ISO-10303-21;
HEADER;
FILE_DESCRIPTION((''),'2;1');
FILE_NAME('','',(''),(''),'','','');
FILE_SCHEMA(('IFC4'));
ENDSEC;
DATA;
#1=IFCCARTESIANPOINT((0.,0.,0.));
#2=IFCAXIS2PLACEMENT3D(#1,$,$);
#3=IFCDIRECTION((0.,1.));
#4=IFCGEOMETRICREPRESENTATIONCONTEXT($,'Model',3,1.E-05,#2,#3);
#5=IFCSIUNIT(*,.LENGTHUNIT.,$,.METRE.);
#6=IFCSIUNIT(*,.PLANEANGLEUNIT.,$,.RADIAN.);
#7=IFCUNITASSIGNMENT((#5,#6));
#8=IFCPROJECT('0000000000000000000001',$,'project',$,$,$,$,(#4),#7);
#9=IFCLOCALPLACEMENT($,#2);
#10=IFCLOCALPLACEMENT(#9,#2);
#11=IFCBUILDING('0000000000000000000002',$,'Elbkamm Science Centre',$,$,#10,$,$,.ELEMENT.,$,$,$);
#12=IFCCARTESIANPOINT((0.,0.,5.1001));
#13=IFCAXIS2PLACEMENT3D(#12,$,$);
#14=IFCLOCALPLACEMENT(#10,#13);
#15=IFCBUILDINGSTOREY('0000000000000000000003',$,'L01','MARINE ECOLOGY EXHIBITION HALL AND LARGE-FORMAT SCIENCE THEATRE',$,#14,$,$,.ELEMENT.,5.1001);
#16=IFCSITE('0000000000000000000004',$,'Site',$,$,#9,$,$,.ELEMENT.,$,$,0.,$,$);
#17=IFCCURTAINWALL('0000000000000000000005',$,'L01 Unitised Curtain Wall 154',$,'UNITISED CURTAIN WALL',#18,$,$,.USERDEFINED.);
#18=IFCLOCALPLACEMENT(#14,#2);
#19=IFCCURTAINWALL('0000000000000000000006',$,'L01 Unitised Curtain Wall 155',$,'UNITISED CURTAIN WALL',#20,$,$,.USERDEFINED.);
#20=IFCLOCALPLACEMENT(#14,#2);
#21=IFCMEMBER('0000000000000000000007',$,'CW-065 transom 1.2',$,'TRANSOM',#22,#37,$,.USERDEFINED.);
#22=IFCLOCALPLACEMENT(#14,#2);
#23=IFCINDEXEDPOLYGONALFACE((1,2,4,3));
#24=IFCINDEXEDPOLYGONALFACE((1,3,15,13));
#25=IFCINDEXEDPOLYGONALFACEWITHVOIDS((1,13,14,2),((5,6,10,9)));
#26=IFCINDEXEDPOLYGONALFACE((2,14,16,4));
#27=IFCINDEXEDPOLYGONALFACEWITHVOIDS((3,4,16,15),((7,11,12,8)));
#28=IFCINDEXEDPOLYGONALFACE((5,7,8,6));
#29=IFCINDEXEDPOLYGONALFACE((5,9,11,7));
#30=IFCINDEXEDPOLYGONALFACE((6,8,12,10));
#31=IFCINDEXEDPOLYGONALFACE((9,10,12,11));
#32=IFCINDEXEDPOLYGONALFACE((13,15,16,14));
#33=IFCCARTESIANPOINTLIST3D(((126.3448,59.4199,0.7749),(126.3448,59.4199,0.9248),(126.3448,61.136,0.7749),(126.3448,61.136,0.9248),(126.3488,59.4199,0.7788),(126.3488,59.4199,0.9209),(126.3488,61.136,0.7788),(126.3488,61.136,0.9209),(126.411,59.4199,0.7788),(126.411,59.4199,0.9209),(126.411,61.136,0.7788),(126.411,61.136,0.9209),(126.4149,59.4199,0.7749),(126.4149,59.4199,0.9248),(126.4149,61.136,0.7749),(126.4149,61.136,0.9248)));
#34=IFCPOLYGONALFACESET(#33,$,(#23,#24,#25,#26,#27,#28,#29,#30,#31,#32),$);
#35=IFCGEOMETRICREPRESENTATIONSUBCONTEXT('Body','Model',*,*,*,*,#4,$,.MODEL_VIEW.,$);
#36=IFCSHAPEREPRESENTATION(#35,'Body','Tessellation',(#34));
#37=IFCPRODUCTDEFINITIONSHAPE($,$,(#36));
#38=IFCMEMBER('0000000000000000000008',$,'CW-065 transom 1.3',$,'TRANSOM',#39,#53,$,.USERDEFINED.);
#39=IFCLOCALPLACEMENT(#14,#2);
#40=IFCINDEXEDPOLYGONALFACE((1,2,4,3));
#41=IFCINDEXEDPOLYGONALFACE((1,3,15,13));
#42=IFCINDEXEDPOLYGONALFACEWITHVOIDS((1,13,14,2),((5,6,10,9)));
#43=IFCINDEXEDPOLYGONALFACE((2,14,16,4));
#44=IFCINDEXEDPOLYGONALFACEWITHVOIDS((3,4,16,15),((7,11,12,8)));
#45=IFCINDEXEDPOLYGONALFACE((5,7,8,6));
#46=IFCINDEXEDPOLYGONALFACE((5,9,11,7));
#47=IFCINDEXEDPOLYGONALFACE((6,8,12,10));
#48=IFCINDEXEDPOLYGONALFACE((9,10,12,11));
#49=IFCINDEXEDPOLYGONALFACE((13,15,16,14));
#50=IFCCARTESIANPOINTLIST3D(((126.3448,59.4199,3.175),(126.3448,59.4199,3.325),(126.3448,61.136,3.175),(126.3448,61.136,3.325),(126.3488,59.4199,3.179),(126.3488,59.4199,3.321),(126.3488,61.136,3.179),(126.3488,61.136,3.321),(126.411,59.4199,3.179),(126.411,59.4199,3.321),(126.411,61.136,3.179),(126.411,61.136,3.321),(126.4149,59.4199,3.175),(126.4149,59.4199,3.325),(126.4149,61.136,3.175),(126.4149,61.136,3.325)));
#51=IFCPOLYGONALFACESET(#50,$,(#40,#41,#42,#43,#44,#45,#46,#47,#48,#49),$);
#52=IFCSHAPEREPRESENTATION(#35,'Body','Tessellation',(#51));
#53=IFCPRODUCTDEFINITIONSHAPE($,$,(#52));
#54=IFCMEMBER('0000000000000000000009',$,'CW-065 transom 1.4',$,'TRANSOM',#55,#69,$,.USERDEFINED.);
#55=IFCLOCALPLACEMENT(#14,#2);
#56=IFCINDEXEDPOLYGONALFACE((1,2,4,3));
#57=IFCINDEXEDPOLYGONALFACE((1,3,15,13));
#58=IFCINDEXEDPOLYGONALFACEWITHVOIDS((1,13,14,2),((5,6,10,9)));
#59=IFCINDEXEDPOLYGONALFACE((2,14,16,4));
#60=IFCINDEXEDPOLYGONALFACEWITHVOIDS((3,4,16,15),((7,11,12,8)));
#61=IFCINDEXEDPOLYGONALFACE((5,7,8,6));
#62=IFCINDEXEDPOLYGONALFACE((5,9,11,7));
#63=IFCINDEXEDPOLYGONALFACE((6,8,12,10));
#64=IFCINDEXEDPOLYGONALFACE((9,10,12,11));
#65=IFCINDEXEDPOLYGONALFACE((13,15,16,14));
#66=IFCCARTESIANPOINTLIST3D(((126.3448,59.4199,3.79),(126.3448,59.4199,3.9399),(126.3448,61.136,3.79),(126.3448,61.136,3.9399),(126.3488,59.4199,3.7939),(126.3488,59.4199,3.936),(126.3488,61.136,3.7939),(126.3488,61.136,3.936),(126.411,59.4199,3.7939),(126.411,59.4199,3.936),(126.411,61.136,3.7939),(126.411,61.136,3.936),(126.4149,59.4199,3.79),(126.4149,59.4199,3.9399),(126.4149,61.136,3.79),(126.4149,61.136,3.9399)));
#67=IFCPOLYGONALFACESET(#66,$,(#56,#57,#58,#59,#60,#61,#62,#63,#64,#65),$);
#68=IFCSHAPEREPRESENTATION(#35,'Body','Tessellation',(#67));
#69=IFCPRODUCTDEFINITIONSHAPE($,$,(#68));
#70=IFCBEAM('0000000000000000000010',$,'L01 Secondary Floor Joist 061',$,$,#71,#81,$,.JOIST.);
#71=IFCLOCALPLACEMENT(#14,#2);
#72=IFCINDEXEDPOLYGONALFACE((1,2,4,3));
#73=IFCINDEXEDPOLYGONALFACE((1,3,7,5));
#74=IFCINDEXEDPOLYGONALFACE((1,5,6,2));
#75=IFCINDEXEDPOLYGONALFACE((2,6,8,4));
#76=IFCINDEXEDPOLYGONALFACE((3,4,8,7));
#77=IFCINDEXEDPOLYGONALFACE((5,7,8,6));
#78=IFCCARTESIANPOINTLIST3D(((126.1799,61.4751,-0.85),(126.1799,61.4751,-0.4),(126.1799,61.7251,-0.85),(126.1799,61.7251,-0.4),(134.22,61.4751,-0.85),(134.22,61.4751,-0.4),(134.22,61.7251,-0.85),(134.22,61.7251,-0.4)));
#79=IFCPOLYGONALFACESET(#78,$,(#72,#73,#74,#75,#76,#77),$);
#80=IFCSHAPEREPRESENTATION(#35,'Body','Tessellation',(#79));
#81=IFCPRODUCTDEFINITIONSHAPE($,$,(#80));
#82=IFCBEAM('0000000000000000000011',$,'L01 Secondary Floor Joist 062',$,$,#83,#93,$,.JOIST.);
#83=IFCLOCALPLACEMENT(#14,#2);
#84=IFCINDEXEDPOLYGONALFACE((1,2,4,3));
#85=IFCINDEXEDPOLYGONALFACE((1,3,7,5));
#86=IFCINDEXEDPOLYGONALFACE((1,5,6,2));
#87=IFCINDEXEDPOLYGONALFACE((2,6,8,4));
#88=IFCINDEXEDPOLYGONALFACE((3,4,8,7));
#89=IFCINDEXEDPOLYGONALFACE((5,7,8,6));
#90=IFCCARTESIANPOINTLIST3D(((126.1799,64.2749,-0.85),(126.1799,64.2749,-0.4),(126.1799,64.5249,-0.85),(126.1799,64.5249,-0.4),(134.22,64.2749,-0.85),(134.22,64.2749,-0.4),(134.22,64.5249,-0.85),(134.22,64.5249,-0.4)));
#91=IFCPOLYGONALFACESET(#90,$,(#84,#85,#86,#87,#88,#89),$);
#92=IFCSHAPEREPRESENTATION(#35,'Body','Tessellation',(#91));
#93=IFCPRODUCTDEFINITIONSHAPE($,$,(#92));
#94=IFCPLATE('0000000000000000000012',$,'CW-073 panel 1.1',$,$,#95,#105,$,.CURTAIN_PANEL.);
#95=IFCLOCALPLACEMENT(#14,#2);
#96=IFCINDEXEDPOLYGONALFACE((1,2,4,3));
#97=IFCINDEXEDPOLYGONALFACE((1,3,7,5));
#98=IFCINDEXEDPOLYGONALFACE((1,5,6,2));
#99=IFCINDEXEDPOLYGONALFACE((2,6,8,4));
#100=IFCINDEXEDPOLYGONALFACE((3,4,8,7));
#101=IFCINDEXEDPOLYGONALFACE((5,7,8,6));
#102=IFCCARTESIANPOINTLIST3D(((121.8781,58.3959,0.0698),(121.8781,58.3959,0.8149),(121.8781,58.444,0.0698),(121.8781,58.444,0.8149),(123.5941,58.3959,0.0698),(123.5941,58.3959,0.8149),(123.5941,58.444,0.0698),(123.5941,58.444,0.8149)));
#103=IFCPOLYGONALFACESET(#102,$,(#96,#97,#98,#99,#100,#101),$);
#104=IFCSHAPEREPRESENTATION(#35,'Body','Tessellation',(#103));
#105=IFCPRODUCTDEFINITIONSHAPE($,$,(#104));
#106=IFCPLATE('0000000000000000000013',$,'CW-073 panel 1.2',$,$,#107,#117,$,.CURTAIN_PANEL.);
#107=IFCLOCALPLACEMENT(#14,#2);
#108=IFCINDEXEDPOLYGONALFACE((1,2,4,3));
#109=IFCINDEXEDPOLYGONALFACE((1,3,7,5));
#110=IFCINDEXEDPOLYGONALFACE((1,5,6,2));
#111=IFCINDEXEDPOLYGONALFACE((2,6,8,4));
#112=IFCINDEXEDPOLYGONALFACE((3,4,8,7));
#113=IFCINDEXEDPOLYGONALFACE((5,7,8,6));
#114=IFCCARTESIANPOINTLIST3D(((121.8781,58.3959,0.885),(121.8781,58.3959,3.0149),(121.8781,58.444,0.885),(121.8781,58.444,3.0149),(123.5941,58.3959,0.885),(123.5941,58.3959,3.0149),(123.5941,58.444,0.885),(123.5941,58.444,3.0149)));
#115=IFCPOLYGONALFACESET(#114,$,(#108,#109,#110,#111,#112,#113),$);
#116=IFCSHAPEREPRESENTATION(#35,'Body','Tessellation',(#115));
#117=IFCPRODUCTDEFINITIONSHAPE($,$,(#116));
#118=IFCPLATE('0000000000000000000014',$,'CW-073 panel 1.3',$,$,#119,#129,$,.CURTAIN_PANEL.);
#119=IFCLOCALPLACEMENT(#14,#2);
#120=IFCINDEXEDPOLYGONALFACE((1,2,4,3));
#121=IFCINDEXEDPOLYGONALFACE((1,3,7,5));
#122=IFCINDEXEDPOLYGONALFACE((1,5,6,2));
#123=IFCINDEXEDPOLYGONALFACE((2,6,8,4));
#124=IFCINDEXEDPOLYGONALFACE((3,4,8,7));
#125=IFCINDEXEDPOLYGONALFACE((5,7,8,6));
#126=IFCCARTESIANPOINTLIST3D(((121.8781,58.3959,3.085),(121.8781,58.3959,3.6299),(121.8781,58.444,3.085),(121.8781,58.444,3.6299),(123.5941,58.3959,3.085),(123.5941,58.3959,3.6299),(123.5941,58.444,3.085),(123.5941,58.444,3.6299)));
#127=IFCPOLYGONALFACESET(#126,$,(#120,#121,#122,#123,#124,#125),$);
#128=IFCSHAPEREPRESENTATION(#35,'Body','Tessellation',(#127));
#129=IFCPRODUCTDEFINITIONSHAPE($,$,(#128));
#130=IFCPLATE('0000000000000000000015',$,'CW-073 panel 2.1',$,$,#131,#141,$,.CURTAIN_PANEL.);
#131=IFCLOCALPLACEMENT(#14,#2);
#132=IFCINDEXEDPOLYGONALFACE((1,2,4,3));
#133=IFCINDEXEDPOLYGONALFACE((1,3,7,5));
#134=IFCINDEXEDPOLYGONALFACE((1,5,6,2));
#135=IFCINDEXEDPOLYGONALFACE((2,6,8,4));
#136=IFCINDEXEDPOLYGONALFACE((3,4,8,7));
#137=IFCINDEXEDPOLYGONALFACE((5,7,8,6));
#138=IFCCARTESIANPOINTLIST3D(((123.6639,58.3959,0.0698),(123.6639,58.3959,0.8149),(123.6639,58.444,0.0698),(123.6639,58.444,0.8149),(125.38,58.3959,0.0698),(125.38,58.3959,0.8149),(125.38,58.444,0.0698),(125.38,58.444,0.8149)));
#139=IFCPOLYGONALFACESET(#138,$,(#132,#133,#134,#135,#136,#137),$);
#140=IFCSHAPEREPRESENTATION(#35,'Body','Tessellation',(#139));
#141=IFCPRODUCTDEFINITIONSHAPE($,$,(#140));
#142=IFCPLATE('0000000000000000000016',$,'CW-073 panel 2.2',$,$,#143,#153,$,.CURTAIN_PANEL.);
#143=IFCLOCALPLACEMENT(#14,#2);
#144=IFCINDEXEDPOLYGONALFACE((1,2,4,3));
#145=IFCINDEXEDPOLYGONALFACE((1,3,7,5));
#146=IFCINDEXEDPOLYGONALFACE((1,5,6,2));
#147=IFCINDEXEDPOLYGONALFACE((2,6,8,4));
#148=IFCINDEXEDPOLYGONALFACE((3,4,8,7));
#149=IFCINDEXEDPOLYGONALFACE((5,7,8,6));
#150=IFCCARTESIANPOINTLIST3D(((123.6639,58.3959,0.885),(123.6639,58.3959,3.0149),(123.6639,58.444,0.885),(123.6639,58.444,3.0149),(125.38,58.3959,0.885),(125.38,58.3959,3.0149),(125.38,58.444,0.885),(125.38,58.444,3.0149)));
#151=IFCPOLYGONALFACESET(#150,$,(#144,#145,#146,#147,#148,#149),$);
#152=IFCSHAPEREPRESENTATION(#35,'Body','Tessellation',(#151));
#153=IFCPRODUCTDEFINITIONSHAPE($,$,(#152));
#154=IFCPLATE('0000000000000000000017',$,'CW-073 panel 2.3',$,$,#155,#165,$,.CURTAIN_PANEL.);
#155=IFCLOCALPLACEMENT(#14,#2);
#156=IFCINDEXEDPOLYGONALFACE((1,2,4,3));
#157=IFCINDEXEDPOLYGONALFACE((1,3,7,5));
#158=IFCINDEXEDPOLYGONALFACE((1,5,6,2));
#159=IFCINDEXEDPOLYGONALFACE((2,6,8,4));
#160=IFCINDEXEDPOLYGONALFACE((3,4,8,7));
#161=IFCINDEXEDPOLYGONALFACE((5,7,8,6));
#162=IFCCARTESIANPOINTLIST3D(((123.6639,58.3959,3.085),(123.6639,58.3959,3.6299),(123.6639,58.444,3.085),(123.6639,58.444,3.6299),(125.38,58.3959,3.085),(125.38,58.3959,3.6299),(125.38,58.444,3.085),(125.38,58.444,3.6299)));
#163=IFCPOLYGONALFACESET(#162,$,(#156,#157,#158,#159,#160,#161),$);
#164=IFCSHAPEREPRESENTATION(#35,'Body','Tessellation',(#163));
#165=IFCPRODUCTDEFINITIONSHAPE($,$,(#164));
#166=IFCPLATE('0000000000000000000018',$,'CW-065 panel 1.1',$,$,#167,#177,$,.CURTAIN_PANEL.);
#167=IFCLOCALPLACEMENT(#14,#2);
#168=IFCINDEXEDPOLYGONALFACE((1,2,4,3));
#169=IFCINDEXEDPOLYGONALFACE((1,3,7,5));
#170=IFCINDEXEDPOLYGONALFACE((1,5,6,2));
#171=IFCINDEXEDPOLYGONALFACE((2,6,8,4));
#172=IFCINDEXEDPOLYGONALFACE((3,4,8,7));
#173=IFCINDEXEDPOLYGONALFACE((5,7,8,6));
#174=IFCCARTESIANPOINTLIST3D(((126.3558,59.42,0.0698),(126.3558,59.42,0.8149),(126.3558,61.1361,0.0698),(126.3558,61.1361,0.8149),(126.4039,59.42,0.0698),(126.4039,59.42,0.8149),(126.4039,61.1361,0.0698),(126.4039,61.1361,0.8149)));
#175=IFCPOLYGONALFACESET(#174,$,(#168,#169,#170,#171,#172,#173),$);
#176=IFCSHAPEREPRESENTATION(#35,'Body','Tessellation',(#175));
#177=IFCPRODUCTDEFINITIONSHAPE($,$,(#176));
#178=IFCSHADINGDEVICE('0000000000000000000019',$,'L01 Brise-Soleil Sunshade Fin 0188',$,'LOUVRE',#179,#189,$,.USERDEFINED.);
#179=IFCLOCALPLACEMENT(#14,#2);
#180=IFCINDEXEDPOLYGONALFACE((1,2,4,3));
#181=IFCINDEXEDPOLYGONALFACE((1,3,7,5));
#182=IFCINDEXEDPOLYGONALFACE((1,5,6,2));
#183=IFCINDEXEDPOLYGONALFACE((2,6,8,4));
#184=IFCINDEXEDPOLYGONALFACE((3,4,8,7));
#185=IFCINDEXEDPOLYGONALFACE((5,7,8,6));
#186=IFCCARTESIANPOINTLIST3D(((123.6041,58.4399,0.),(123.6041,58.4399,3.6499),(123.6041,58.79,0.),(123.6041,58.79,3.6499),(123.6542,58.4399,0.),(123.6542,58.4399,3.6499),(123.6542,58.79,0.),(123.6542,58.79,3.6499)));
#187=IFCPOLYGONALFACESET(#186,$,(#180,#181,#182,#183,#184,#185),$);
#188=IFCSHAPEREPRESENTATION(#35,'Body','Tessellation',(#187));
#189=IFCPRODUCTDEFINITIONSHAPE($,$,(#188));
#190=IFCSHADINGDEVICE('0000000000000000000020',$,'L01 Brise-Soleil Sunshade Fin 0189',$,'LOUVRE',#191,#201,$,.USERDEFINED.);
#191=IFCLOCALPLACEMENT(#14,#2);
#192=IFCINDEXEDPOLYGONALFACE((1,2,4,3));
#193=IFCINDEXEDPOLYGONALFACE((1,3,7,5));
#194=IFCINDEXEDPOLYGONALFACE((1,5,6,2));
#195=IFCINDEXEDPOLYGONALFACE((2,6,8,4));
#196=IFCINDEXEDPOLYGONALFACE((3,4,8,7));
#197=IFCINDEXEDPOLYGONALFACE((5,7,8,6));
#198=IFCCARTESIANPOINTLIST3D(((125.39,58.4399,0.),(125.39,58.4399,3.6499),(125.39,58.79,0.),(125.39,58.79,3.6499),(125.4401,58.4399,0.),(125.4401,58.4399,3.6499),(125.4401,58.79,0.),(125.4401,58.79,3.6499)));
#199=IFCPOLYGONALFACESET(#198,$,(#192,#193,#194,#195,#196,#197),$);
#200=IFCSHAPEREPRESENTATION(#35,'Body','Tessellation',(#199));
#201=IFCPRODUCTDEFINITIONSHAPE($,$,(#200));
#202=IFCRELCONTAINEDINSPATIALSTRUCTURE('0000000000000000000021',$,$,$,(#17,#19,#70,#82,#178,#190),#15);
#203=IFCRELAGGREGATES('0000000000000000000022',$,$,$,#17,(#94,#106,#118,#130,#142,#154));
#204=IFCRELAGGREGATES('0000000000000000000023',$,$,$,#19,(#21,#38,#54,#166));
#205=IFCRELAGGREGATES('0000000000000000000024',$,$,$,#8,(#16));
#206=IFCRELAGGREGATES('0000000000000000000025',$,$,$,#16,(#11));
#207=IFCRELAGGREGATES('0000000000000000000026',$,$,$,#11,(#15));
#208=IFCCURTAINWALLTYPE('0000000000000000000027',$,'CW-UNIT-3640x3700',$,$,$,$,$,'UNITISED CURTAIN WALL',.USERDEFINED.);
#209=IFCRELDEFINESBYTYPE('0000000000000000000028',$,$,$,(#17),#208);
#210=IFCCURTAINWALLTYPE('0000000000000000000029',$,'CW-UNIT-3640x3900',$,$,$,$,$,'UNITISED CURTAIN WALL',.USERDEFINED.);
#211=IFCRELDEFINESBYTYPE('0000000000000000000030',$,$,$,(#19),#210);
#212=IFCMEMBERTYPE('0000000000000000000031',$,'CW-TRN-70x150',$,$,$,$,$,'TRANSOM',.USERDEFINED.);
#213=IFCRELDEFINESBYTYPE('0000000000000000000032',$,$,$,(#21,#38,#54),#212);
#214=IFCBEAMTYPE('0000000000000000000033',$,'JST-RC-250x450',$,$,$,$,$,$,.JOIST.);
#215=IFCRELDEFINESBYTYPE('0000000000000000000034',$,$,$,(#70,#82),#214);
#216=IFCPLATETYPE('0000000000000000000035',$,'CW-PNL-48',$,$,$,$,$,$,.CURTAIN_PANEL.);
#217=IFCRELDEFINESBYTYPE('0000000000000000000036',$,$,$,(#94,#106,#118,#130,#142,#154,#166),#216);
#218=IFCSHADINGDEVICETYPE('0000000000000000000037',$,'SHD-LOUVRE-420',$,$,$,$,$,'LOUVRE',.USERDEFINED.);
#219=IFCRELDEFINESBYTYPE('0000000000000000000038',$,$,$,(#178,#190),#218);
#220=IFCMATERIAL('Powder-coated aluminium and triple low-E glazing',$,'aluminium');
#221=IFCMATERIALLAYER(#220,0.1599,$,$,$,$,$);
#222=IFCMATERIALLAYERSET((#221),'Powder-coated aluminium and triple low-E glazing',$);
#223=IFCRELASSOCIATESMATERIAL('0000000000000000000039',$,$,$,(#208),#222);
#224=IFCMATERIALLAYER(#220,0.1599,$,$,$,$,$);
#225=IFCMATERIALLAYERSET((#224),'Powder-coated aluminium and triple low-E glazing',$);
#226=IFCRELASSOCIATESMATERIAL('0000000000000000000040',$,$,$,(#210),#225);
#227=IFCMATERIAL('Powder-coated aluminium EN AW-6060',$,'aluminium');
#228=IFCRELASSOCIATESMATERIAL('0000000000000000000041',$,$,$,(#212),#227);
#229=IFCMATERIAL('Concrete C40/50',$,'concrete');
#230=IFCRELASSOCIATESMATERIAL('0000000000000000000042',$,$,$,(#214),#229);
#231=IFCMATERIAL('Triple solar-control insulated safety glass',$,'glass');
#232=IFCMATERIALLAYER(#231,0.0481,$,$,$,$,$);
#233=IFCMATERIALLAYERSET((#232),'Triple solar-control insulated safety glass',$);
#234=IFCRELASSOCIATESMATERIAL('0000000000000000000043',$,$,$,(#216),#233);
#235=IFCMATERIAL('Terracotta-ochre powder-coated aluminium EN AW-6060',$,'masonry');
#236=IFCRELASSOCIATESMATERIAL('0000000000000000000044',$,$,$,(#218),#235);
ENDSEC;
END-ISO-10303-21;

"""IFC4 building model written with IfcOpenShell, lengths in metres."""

from ifc_helpers import new_model, si_unit, direction, frame, origin, origin_2d, place, context, subcontext, project, spatial, rectangle, hollow_rectangle, extrude, material, layer, layer_set, material_profile, profile_set, type_object, element, aggregate, save


model = new_model("IFC4")

# Units and contexts
model_context = context("Model", 3, precision=1e-05, world=origin(), true_north=direction((0.0, 1.0)))
body_context = subcontext(model_context, "Body", "Model", "MODEL_VIEW")
ifc_project = project(units=[si_unit("LENGTHUNIT", "METRE"), si_unit("PLANEANGLEUNIT", "RADIAN")], contexts=[model_context])

# Site, building, storey
site_placement = place(None, origin())
site = spatial("IfcSite", under=ifc_project, at=site_placement, Name="Site", CompositionType="ELEMENT", RefElevation=0.0)
building_placement = place(site_placement, origin())
building = spatial("IfcBuilding", under=site, at=building_placement, Name="Elbkamm Science Centre", CompositionType="ELEMENT")
storey_placement = place(building_placement, frame((0.0, 0.0, 5.1001)))
storey = spatial("IfcBuildingStorey", under=building, at=storey_placement, Name="L01", Description="MARINE ECOLOGY EXHIBITION HALL AND LARGE-FORMAT SCIENCE THEATRE", CompositionType="ELEMENT", Elevation=5.1001)

# Shared definitions
ifc_material_1 = material(Name="Concrete C40/50", Category="concrete")

# Curtain wall
ifc_material_2 = material(Name="Powder-coated aluminium and triple low-E glazing", Category="aluminium")
ifc_layer_1 = layer(ifc_material_2, 0.1599)
ifc_layer_set_1 = layer_set([ifc_layer_1], Name="Powder-coated aluminium and triple low-E glazing")
curtain_wall_type_1 = type_object("IfcCurtainWallType", Name="CW-UNIT-3640x3700", ElementType="UNITISED CURTAIN WALL", PredefinedType="USERDEFINED", material=ifc_layer_set_1)
curtain_wall_1_placement = place(storey_placement, origin())
curtain_wall_1 = element("IfcCurtainWall", 1, at=curtain_wall_1_placement, inside=storey, type_object=curtain_wall_type_1, Name="L01 Unitised Curtain Wall 154", ObjectType="UNITISED CURTAIN WALL", PredefinedType="USERDEFINED")
ifc_material_3 = material(Name="Powder-coated aluminium EN AW-6060", Category="aluminium")

# Curtain wall
ifc_layer_2 = layer(ifc_material_2, 0.1599)
ifc_layer_set_2 = layer_set([ifc_layer_2], Name="Powder-coated aluminium and triple low-E glazing")
curtain_wall_type_2 = type_object("IfcCurtainWallType", Name="CW-UNIT-3640x3900", ElementType="UNITISED CURTAIN WALL", PredefinedType="USERDEFINED", material=ifc_layer_set_2)
curtain_wall_2_placement = place(storey_placement, origin())
curtain_wall_2 = element("IfcCurtainWall", 2, at=curtain_wall_2_placement, inside=storey, type_object=curtain_wall_type_2, Name="L01 Unitised Curtain Wall 155", ObjectType="UNITISED CURTAIN WALL", PredefinedType="USERDEFINED")

# Members
ifc_material_profile_1 = material_profile(ifc_material_3, hollow_rectangle(XDim=0.0701, YDim=0.1499, WallThickness=0.0039, at=origin_2d()), Name="ALU T70x150")
ifc_profile_set_1 = profile_set([ifc_material_profile_1], Name="Powder-coated aluminium EN AW-6060")
member_type_1 = type_object("IfcMemberType", Name="CW-TRN-70x150", ElementType="TRANSOM", PredefinedType="USERDEFINED", material=ifc_profile_set_1)
member_1_placement = place(storey_placement, frame((126.3799, 59.4199, 0.8499), z_axis=(0.0, 1.0, 0.0), x_axis=(-1.0, 0.0, 0.0)))
member_1 = element("IfcMember", 3, at=member_1_placement, type_object=member_type_1, Name="CW-065 transom 1.2", ObjectType="TRANSOM", PredefinedType="USERDEFINED", context=body_context, shape_type="SweptSolid", body=[
    extrude(hollow_rectangle(XDim=0.0701, YDim=0.1499, WallThickness=0.0039, at=origin_2d()), origin(), (0.0, 0.0, 1.0), 1.7161),
])
member_2_placement = place(storey_placement, frame((126.3799, 59.4199, 3.25), z_axis=(0.0, 1.0, 0.0), x_axis=(-1.0, 0.0, 0.0)))
member_2 = element("IfcMember", 4, at=member_2_placement, type_object=member_type_1, Name="CW-065 transom 1.3", ObjectType="TRANSOM", PredefinedType="USERDEFINED", context=body_context, shape_type="SweptSolid", body=[
    extrude(hollow_rectangle(XDim=0.0701, YDim=0.1499, WallThickness=0.0039, at=origin_2d()), origin(), (0.0, 0.0, 1.0), 1.7161),
])
member_3_placement = place(storey_placement, frame((126.3799, 59.4199, 3.865), z_axis=(0.0, 1.0, 0.0), x_axis=(-1.0, 0.0, 0.0)))
member_3 = element("IfcMember", 5, at=member_3_placement, type_object=member_type_1, Name="CW-065 transom 1.4", ObjectType="TRANSOM", PredefinedType="USERDEFINED", context=body_context, shape_type="SweptSolid", body=[
    extrude(hollow_rectangle(XDim=0.0701, YDim=0.1499, WallThickness=0.0039, at=origin_2d()), origin(), (0.0, 0.0, 1.0), 1.7161),
])

# Beams
ifc_material_profile_2 = material_profile(ifc_material_1, rectangle(XDim=0.25, YDim=0.45, at=origin_2d()), Name="RC 250x450")
ifc_profile_set_2 = profile_set([ifc_material_profile_2], Name="Concrete C40/50")
beam_type_1 = type_object("IfcBeamType", Name="JST-RC-250x450", PredefinedType="JOIST", material=ifc_profile_set_2)
for number, where, z_axis, x_axis, name in (
    (6, (126.1799, 61.6001, -0.625), (1.0, 0.0, 0.0), (0.0, 1.0, 0.0), "L01 Secondary Floor Joist 061"),
    (7, (126.1799, 64.3999, -0.625), (1.0, 0.0, 0.0), (0.0, 1.0, 0.0), "L01 Secondary Floor Joist 062"),
):
    element("IfcBeam", number, at=place(storey_placement, frame(where, z_axis=z_axis, x_axis=x_axis)), inside=storey, type_object=beam_type_1, Name=name, PredefinedType="JOIST", context=body_context, shape_type="SweptSolid", body=[
        extrude(rectangle(XDim=0.25, YDim=0.45, at=origin_2d()), origin(), (0.0, 0.0, 1.0), 8.04),
    ])

# Plates
ifc_material_4 = material(Name="Triple solar-control insulated safety glass", Category="glass")
ifc_layer_3 = layer(ifc_material_4, 0.0481)
ifc_layer_set_3 = layer_set([ifc_layer_3], Name="Triple solar-control insulated safety glass")
plate_type = type_object("IfcPlateType", Name="CW-PNL-48", PredefinedType="CURTAIN_PANEL", material=ifc_layer_set_3)
plate_1_placement = place(storey_placement, frame((122.7361, 58.4199, 0.0698), z_axis=(0.0, 0.0, 1.0), x_axis=(1.0, 0.0, 0.0)))
plate_1 = element("IfcPlate", 8, at=plate_1_placement, type_object=plate_type, Name="CW-073 panel 1.1", PredefinedType="CURTAIN_PANEL", context=body_context, shape_type="SweptSolid", body=[
    extrude(rectangle(XDim=1.7161, YDim=0.0481, at=origin_2d()), origin(), (0.0, 0.0, 1.0), 0.7451),
])
plate_2_placement = place(storey_placement, frame((122.7361, 58.4199, 0.885), z_axis=(0.0, 0.0, 1.0), x_axis=(1.0, 0.0, 0.0)))
plate_2 = element("IfcPlate", 9, at=plate_2_placement, type_object=plate_type, Name="CW-073 panel 1.2", PredefinedType="CURTAIN_PANEL", context=body_context, shape_type="SweptSolid", body=[
    extrude(rectangle(XDim=1.7161, YDim=0.0481, at=origin_2d()), origin(), (0.0, 0.0, 1.0), 2.1299),
])
plate_3_placement = place(storey_placement, frame((122.7361, 58.4199, 3.085), z_axis=(0.0, 0.0, 1.0), x_axis=(1.0, 0.0, 0.0)))
plate_3 = element("IfcPlate", 10, at=plate_3_placement, type_object=plate_type, Name="CW-073 panel 1.3", PredefinedType="CURTAIN_PANEL", context=body_context, shape_type="SweptSolid", body=[
    extrude(rectangle(XDim=1.7161, YDim=0.0481, at=origin_2d()), origin(), (0.0, 0.0, 1.0), 0.5449),
])
plate_4_placement = place(storey_placement, frame((124.522, 58.4199, 0.0698), z_axis=(0.0, 0.0, 1.0), x_axis=(1.0, 0.0, 0.0)))
plate_4 = element("IfcPlate", 11, at=plate_4_placement, type_object=plate_type, Name="CW-073 panel 2.1", PredefinedType="CURTAIN_PANEL", context=body_context, shape_type="SweptSolid", body=[
    extrude(rectangle(XDim=1.7161, YDim=0.0481, at=origin_2d()), origin(), (0.0, 0.0, 1.0), 0.7451),
])
plate_5_placement = place(storey_placement, frame((124.522, 58.4199, 0.885), z_axis=(0.0, 0.0, 1.0), x_axis=(1.0, 0.0, 0.0)))
plate_5 = element("IfcPlate", 12, at=plate_5_placement, type_object=plate_type, Name="CW-073 panel 2.2", PredefinedType="CURTAIN_PANEL", context=body_context, shape_type="SweptSolid", body=[
    extrude(rectangle(XDim=1.7161, YDim=0.0481, at=origin_2d()), origin(), (0.0, 0.0, 1.0), 2.1299),
])
plate_6_placement = place(storey_placement, frame((124.522, 58.4199, 3.085), z_axis=(0.0, 0.0, 1.0), x_axis=(1.0, 0.0, 0.0)))
plate_6 = element("IfcPlate", 13, at=plate_6_placement, type_object=plate_type, Name="CW-073 panel 2.3", PredefinedType="CURTAIN_PANEL", context=body_context, shape_type="SweptSolid", body=[
    extrude(rectangle(XDim=1.7161, YDim=0.0481, at=origin_2d()), origin(), (0.0, 0.0, 1.0), 0.5449),
])
aggregate(curtain_wall_1, [plate_1, plate_2, plate_3, plate_4, plate_5, plate_6])
plate_7_placement = place(storey_placement, frame((126.3799, 60.2781, 0.0698), z_axis=(0.0, 0.0, 1.0), x_axis=(0.0, 1.0, 0.0)))
plate_7 = element("IfcPlate", 14, at=plate_7_placement, type_object=plate_type, Name="CW-065 panel 1.1", PredefinedType="CURTAIN_PANEL", context=body_context, shape_type="SweptSolid", body=[
    extrude(rectangle(XDim=1.7161, YDim=0.0481, at=origin_2d()), origin(), (0.0, 0.0, 1.0), 0.7451),
])
aggregate(curtain_wall_2, [member_1, member_2, member_3, plate_7])

# Shading devices
ifc_material_5 = material(Name="Terracotta-ochre powder-coated aluminium EN AW-6060", Category="masonry")
shading_device_type = type_object("IfcShadingDeviceType", Name="SHD-LOUVRE-420", ElementType="LOUVRE", PredefinedType="USERDEFINED", material=ifc_material_5)
for number, where, z_axis, x_axis, name in (
    (15, (123.6292, 58.615, 0.0), (0.0, 0.0, 1.0), (0.0, 1.0, 0.0), "L01 Brise-Soleil Sunshade Fin 0188"),
    (16, (125.415, 58.615, 0.0), (0.0, 0.0, 1.0), (0.0, 1.0, 0.0), "L01 Brise-Soleil Sunshade Fin 0189"),
):
    element("IfcShadingDevice", number, at=place(storey_placement, frame(where, z_axis=z_axis, x_axis=x_axis)), inside=storey, type_object=shading_device_type, Name=name, ObjectType="LOUVRE", PredefinedType="USERDEFINED", context=body_context, shape_type="SweptSolid", body=[
        extrude(rectangle(XDim=0.3501, YDim=0.05, at=origin_2d()), origin(), (0.0, 0.0, 1.0), 3.6499),
    ])

save(model, "model.ifc")
